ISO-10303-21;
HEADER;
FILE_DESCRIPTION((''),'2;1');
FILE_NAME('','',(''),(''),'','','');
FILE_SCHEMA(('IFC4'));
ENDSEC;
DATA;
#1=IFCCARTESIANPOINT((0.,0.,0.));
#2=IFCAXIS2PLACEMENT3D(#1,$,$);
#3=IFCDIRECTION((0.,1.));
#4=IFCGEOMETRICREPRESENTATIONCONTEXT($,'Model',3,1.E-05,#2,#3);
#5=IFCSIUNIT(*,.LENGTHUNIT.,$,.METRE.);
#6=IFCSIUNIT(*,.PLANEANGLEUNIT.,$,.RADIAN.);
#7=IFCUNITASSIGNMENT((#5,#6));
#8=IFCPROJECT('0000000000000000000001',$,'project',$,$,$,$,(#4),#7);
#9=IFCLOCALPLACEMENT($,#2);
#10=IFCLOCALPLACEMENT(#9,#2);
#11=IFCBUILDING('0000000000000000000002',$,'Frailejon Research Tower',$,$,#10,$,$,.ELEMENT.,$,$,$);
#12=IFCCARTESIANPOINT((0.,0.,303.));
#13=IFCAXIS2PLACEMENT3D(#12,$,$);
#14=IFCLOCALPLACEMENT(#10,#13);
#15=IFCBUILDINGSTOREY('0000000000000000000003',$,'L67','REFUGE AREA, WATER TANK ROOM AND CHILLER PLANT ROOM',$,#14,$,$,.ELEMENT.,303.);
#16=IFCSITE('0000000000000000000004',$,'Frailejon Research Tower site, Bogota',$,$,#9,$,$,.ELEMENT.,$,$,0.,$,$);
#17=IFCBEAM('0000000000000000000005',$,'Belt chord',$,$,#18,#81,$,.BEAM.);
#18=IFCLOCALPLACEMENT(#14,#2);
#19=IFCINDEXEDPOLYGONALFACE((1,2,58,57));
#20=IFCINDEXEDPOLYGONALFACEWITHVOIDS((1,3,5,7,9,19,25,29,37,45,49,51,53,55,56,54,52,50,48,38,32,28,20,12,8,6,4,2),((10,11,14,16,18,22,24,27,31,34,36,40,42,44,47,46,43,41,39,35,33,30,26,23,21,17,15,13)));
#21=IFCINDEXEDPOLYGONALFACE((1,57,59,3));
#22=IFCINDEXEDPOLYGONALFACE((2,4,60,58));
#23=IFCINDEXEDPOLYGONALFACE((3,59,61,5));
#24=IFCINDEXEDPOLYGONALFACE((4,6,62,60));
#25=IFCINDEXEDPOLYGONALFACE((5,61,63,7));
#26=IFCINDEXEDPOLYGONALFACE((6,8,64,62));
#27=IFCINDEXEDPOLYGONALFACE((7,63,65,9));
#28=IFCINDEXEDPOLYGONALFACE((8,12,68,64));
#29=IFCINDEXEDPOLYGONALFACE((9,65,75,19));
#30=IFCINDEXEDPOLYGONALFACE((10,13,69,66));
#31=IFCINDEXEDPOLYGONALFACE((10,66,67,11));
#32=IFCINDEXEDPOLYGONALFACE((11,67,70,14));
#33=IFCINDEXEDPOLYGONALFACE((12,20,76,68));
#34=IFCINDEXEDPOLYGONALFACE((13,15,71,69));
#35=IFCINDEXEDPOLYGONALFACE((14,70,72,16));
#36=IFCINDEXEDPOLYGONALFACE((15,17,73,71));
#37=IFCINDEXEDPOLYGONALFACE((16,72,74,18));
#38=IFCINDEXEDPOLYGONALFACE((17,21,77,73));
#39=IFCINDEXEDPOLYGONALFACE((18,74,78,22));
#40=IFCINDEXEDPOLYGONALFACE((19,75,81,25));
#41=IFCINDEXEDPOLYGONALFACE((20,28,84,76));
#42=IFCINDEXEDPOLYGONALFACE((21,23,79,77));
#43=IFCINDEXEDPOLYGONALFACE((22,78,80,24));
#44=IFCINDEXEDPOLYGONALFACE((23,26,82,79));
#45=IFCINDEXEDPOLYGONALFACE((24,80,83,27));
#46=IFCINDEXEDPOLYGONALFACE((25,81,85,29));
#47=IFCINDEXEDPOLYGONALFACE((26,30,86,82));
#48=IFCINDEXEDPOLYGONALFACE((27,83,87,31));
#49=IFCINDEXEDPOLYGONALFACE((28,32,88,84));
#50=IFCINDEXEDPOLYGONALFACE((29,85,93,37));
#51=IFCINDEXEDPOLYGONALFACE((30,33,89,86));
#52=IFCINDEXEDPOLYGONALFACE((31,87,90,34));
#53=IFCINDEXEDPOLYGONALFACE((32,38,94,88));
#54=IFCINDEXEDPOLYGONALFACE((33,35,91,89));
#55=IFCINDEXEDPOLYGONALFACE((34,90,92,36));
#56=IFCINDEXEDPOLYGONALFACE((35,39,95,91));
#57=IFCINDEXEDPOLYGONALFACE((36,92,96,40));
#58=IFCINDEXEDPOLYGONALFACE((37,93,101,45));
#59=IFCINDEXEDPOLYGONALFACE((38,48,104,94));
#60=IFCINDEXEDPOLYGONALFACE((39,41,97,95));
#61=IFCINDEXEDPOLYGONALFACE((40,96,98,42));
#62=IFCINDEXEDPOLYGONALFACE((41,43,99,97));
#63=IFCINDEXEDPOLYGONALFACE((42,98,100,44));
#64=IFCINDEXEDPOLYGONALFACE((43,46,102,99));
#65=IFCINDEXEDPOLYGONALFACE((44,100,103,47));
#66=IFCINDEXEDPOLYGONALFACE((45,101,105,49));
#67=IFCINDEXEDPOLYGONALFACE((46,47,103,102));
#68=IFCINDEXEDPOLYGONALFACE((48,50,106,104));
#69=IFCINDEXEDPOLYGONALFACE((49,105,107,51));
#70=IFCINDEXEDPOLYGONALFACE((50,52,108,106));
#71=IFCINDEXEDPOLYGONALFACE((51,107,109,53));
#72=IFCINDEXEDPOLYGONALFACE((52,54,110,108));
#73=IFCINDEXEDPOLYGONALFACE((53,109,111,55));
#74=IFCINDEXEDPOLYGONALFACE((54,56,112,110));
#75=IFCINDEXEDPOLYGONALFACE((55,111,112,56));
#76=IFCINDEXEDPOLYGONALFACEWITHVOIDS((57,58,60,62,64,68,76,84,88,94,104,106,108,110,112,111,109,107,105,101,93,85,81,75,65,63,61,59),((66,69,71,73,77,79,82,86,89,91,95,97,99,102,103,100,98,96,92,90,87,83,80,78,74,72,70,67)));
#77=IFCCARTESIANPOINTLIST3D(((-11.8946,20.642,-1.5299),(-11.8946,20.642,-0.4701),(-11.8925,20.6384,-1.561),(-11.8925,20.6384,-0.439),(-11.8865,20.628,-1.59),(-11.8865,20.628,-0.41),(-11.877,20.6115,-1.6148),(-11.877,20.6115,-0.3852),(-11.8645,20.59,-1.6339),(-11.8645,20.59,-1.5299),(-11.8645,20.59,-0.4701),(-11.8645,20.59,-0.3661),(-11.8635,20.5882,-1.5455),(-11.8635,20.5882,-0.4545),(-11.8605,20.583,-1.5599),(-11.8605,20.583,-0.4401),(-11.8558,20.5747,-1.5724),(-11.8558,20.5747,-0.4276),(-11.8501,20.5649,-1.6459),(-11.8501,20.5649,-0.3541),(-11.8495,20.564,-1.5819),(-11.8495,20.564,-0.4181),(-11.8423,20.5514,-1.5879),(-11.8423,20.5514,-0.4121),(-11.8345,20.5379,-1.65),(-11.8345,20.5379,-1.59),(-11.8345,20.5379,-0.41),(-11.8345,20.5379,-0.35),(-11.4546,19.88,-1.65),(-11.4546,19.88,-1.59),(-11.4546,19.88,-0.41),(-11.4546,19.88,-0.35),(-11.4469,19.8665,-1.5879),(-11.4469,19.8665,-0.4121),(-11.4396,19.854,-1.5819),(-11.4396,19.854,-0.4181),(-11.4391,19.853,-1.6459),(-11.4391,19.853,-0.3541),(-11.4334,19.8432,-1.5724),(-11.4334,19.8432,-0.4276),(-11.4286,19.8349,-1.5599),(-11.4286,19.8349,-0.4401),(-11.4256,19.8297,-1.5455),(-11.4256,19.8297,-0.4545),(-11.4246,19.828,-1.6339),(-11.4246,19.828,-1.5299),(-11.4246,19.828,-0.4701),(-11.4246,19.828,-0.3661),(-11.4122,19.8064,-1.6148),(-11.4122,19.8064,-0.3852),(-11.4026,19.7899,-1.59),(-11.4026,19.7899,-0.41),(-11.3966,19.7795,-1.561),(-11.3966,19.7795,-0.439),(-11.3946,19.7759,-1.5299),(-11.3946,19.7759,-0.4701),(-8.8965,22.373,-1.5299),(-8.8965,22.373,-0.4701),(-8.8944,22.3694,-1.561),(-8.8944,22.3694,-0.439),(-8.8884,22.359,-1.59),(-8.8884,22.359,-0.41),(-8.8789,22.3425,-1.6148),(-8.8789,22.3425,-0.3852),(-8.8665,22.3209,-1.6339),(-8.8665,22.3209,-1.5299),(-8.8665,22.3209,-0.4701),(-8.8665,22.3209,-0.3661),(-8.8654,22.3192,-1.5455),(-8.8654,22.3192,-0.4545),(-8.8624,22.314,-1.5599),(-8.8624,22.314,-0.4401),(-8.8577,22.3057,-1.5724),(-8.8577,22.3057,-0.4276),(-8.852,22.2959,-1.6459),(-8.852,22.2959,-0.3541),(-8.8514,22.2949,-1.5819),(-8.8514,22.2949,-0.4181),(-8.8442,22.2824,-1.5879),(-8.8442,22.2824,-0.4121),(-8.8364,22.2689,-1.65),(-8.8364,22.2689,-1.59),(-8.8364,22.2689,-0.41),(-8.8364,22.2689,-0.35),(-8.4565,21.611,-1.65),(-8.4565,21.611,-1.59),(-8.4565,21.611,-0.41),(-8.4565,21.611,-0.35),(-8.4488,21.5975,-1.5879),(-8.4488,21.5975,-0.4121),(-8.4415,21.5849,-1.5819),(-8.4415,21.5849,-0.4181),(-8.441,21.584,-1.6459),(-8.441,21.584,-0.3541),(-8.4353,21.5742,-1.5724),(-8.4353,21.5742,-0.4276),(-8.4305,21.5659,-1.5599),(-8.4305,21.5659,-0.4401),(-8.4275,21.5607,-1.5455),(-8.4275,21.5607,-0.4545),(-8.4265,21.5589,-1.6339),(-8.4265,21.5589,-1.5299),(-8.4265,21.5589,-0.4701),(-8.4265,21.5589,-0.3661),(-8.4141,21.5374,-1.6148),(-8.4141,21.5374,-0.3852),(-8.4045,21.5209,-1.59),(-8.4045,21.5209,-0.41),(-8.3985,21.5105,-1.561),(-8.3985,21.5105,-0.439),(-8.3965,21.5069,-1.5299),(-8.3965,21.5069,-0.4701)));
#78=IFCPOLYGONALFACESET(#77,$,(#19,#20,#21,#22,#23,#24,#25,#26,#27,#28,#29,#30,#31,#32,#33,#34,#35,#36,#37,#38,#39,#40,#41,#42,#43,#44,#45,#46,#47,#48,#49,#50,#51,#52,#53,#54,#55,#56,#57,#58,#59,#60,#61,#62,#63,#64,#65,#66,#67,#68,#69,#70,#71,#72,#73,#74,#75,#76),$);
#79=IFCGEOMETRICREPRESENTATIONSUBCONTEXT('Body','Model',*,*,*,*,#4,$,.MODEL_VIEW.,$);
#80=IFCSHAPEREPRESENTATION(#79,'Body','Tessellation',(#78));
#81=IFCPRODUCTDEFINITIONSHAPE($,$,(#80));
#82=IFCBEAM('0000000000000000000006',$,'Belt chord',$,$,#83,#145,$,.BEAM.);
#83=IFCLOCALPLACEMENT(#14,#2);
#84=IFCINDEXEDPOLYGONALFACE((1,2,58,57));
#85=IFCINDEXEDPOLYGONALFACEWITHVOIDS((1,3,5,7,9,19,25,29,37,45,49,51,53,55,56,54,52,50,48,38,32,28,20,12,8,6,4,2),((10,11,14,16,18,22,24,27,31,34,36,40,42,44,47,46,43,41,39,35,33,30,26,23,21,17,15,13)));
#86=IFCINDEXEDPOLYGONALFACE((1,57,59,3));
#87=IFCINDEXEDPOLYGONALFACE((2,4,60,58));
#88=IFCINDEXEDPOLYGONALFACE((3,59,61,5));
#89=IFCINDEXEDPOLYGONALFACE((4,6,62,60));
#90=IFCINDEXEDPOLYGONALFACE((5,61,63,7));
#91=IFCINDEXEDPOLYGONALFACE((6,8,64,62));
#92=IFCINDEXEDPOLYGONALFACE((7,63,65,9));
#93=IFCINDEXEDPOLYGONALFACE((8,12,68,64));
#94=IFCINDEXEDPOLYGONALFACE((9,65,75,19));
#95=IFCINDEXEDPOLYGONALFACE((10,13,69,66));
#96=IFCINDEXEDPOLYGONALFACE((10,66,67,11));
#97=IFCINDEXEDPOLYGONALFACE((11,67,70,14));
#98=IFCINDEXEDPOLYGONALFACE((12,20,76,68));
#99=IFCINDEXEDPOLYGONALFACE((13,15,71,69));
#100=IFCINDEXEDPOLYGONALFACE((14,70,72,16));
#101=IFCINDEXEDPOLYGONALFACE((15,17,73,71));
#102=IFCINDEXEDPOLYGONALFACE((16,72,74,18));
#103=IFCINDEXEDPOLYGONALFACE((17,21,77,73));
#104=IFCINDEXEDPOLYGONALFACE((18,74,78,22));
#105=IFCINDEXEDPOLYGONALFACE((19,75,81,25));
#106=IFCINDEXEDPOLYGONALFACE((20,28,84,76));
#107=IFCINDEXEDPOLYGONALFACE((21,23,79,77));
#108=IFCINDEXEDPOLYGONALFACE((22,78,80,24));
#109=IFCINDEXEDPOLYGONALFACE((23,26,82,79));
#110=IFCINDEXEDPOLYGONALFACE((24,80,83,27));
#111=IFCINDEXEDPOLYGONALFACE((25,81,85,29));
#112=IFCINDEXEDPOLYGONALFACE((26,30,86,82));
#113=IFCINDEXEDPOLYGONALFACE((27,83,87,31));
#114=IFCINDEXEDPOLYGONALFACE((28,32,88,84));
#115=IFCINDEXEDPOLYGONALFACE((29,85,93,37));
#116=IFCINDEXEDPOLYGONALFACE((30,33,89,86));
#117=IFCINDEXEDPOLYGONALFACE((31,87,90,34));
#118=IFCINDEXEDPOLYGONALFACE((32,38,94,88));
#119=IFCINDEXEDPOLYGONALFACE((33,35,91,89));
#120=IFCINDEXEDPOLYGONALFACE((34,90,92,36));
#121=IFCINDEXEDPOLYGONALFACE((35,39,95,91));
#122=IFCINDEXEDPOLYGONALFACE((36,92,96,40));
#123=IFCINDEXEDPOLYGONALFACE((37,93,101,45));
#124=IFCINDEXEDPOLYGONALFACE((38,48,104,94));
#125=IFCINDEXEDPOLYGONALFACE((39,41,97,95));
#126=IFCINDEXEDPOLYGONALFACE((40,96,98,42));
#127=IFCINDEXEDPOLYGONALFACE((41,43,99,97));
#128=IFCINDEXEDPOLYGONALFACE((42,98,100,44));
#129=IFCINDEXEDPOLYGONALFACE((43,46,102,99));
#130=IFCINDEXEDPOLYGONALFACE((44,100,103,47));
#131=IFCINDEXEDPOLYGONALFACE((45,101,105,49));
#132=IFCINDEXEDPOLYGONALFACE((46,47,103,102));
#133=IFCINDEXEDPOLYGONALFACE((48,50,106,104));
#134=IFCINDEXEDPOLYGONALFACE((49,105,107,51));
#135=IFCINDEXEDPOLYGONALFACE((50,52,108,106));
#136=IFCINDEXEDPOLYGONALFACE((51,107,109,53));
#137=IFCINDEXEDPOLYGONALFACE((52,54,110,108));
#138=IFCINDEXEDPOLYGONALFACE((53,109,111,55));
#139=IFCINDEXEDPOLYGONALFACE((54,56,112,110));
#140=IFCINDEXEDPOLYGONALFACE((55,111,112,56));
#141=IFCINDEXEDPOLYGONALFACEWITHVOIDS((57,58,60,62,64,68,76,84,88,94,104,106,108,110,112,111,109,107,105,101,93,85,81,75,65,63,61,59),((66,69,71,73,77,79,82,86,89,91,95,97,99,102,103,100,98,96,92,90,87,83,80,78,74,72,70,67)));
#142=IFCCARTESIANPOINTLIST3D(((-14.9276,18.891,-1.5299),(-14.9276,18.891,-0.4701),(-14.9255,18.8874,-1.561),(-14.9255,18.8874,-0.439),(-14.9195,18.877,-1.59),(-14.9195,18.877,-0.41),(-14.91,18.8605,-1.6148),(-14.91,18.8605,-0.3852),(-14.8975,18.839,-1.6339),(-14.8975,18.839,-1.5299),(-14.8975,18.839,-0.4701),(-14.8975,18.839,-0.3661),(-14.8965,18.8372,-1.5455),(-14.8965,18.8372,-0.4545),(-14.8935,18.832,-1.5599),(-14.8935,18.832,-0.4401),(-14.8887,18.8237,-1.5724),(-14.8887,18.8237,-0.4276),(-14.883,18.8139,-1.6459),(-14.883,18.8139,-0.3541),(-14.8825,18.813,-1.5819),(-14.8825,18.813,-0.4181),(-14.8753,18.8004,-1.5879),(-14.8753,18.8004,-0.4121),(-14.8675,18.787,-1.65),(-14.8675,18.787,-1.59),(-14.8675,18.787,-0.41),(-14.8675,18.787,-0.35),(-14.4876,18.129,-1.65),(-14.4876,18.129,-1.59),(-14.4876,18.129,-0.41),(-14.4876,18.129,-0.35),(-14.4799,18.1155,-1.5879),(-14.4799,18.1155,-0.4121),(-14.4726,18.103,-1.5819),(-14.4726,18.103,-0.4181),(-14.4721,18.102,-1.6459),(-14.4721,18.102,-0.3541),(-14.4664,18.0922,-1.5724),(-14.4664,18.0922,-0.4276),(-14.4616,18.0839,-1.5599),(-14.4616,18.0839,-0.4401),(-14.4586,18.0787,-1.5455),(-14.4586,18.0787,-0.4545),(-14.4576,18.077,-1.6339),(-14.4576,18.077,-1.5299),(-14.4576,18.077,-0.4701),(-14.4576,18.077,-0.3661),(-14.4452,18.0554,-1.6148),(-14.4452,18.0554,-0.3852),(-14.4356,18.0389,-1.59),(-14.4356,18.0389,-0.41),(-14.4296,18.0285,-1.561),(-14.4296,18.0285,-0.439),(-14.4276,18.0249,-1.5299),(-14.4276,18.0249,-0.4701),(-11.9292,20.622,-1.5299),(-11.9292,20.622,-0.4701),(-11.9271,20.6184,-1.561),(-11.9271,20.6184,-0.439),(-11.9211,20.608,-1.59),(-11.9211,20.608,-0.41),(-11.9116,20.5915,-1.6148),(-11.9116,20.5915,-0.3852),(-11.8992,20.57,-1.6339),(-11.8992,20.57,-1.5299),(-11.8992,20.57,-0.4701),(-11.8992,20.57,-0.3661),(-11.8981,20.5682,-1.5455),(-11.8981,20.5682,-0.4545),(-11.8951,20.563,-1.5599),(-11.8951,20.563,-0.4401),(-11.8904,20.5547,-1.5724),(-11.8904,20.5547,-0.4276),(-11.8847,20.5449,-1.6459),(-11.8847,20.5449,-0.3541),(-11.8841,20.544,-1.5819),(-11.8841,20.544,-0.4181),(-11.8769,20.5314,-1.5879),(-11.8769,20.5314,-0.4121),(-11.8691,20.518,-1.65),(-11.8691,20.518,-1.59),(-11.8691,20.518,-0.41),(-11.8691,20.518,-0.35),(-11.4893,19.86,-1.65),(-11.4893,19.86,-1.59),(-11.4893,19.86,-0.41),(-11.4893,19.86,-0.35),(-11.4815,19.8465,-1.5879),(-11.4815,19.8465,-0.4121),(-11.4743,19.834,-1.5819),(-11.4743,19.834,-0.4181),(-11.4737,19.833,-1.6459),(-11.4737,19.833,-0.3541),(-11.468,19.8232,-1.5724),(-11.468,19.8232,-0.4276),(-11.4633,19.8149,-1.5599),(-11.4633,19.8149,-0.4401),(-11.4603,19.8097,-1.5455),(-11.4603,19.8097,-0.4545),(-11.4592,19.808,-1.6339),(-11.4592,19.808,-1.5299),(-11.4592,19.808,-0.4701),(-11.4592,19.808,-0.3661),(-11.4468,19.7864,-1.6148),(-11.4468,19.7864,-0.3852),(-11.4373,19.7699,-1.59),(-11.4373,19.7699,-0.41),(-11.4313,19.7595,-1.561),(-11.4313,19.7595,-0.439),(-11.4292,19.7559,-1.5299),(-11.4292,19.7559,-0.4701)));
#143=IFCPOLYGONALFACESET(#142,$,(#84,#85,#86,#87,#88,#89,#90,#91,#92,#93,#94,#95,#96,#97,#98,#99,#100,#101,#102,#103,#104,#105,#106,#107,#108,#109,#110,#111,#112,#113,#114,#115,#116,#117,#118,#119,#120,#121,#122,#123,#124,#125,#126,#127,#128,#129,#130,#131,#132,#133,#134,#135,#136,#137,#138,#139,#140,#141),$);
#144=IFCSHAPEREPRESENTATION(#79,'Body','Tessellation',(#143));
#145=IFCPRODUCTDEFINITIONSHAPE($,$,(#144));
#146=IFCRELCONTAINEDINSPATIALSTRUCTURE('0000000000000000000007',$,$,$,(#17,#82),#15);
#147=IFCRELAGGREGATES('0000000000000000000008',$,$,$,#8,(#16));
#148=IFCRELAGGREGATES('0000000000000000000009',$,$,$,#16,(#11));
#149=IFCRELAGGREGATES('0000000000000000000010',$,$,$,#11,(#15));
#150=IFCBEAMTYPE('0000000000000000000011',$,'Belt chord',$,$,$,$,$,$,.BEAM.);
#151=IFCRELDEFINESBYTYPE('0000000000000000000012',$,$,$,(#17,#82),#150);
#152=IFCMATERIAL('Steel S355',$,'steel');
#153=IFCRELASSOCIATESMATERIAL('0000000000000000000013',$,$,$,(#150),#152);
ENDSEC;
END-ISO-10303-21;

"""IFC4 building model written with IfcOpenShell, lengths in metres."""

from ifc_helpers import new_model, si_unit, direction, frame, origin, origin_2d, place, context, subcontext, project, spatial, hollow_rectangle, extrude, material, material_profile, profile_set, type_object, element, save


model = new_model("IFC4")

# Units and contexts
model_context = context("Model", 3, precision=1e-05, world=origin(), true_north=direction((0.0, 1.0)))
body_context = subcontext(model_context, "Body", "Model", "MODEL_VIEW")
ifc_project = project(units=[si_unit("LENGTHUNIT", "METRE"), si_unit("PLANEANGLEUNIT", "RADIAN")], contexts=[model_context])

# Site, building, storey
site_placement = place(None, origin())
site = spatial("IfcSite", under=ifc_project, at=site_placement, Name="Frailejon Research Tower site, Bogota", CompositionType="ELEMENT", RefElevation=0.0)
building_placement = place(site_placement, origin())
building = spatial("IfcBuilding", under=site, at=building_placement, Name="Frailejon Research Tower", CompositionType="ELEMENT")
storey_placement = place(building_placement, frame((0.0, 0.0, 303.0)))
storey = spatial("IfcBuildingStorey", under=building, at=storey_placement, Name="L67", Description="REFUGE AREA, WATER TANK ROOM AND CHILLER PLANT ROOM", CompositionType="ELEMENT", Elevation=303.0)

# Beams
ifc_material_1 = material(Name="Steel S355", Category="steel")
ifc_material_profile_1 = material_profile(ifc_material_1, hollow_rectangle(XDim=1.0, YDim=1.3, WallThickness=0.0601, InnerFilletRadius=0.0601, OuterFilletRadius=0.1201, at=origin_2d()), Name="Belt chord")
ifc_profile_set_1 = profile_set([ifc_material_profile_1], Name="Steel S355")
beam_type_1 = type_object("IfcBeamType", Name="Belt chord", PredefinedType="BEAM", material=ifc_profile_set_1)
beam_1_placement = place(storey_placement, frame((-8.6465, 21.9399, -1.0), z_axis=(-0.866021, -0.500007, 0.0), x_axis=(0.500007, -0.866021, 0.0)))
element("IfcBeam", 1, at=beam_1_placement, inside=storey, type_object=beam_type_1, Name="Belt chord", PredefinedType="BEAM", context=body_context, shape_type="SweptSolid", body=[
    extrude(hollow_rectangle(XDim=1.0, YDim=1.3, WallThickness=0.0601, InnerFilletRadius=0.0601, OuterFilletRadius=0.1201, at=origin_2d()), origin(), (0.0, 0.0, 1.0), 3.4619),
])
beam_2_placement = place(storey_placement, frame((-11.6792, 20.189, -1.0), z_axis=(-0.866039, -0.499977, 0.0), x_axis=(0.499977, -0.866039, 0.0)))
element("IfcBeam", 2, at=beam_2_placement, inside=storey, type_object=beam_type_1, Name="Belt chord", PredefinedType="BEAM", context=body_context, shape_type="SweptSolid", body=[
    extrude(hollow_rectangle(XDim=1.0, YDim=1.3, WallThickness=0.0601, InnerFilletRadius=0.0601, OuterFilletRadius=0.1201, at=origin_2d()), origin(), (0.0, 0.0, 1.0), 3.4622),
])

save(model, "model.ifc")
